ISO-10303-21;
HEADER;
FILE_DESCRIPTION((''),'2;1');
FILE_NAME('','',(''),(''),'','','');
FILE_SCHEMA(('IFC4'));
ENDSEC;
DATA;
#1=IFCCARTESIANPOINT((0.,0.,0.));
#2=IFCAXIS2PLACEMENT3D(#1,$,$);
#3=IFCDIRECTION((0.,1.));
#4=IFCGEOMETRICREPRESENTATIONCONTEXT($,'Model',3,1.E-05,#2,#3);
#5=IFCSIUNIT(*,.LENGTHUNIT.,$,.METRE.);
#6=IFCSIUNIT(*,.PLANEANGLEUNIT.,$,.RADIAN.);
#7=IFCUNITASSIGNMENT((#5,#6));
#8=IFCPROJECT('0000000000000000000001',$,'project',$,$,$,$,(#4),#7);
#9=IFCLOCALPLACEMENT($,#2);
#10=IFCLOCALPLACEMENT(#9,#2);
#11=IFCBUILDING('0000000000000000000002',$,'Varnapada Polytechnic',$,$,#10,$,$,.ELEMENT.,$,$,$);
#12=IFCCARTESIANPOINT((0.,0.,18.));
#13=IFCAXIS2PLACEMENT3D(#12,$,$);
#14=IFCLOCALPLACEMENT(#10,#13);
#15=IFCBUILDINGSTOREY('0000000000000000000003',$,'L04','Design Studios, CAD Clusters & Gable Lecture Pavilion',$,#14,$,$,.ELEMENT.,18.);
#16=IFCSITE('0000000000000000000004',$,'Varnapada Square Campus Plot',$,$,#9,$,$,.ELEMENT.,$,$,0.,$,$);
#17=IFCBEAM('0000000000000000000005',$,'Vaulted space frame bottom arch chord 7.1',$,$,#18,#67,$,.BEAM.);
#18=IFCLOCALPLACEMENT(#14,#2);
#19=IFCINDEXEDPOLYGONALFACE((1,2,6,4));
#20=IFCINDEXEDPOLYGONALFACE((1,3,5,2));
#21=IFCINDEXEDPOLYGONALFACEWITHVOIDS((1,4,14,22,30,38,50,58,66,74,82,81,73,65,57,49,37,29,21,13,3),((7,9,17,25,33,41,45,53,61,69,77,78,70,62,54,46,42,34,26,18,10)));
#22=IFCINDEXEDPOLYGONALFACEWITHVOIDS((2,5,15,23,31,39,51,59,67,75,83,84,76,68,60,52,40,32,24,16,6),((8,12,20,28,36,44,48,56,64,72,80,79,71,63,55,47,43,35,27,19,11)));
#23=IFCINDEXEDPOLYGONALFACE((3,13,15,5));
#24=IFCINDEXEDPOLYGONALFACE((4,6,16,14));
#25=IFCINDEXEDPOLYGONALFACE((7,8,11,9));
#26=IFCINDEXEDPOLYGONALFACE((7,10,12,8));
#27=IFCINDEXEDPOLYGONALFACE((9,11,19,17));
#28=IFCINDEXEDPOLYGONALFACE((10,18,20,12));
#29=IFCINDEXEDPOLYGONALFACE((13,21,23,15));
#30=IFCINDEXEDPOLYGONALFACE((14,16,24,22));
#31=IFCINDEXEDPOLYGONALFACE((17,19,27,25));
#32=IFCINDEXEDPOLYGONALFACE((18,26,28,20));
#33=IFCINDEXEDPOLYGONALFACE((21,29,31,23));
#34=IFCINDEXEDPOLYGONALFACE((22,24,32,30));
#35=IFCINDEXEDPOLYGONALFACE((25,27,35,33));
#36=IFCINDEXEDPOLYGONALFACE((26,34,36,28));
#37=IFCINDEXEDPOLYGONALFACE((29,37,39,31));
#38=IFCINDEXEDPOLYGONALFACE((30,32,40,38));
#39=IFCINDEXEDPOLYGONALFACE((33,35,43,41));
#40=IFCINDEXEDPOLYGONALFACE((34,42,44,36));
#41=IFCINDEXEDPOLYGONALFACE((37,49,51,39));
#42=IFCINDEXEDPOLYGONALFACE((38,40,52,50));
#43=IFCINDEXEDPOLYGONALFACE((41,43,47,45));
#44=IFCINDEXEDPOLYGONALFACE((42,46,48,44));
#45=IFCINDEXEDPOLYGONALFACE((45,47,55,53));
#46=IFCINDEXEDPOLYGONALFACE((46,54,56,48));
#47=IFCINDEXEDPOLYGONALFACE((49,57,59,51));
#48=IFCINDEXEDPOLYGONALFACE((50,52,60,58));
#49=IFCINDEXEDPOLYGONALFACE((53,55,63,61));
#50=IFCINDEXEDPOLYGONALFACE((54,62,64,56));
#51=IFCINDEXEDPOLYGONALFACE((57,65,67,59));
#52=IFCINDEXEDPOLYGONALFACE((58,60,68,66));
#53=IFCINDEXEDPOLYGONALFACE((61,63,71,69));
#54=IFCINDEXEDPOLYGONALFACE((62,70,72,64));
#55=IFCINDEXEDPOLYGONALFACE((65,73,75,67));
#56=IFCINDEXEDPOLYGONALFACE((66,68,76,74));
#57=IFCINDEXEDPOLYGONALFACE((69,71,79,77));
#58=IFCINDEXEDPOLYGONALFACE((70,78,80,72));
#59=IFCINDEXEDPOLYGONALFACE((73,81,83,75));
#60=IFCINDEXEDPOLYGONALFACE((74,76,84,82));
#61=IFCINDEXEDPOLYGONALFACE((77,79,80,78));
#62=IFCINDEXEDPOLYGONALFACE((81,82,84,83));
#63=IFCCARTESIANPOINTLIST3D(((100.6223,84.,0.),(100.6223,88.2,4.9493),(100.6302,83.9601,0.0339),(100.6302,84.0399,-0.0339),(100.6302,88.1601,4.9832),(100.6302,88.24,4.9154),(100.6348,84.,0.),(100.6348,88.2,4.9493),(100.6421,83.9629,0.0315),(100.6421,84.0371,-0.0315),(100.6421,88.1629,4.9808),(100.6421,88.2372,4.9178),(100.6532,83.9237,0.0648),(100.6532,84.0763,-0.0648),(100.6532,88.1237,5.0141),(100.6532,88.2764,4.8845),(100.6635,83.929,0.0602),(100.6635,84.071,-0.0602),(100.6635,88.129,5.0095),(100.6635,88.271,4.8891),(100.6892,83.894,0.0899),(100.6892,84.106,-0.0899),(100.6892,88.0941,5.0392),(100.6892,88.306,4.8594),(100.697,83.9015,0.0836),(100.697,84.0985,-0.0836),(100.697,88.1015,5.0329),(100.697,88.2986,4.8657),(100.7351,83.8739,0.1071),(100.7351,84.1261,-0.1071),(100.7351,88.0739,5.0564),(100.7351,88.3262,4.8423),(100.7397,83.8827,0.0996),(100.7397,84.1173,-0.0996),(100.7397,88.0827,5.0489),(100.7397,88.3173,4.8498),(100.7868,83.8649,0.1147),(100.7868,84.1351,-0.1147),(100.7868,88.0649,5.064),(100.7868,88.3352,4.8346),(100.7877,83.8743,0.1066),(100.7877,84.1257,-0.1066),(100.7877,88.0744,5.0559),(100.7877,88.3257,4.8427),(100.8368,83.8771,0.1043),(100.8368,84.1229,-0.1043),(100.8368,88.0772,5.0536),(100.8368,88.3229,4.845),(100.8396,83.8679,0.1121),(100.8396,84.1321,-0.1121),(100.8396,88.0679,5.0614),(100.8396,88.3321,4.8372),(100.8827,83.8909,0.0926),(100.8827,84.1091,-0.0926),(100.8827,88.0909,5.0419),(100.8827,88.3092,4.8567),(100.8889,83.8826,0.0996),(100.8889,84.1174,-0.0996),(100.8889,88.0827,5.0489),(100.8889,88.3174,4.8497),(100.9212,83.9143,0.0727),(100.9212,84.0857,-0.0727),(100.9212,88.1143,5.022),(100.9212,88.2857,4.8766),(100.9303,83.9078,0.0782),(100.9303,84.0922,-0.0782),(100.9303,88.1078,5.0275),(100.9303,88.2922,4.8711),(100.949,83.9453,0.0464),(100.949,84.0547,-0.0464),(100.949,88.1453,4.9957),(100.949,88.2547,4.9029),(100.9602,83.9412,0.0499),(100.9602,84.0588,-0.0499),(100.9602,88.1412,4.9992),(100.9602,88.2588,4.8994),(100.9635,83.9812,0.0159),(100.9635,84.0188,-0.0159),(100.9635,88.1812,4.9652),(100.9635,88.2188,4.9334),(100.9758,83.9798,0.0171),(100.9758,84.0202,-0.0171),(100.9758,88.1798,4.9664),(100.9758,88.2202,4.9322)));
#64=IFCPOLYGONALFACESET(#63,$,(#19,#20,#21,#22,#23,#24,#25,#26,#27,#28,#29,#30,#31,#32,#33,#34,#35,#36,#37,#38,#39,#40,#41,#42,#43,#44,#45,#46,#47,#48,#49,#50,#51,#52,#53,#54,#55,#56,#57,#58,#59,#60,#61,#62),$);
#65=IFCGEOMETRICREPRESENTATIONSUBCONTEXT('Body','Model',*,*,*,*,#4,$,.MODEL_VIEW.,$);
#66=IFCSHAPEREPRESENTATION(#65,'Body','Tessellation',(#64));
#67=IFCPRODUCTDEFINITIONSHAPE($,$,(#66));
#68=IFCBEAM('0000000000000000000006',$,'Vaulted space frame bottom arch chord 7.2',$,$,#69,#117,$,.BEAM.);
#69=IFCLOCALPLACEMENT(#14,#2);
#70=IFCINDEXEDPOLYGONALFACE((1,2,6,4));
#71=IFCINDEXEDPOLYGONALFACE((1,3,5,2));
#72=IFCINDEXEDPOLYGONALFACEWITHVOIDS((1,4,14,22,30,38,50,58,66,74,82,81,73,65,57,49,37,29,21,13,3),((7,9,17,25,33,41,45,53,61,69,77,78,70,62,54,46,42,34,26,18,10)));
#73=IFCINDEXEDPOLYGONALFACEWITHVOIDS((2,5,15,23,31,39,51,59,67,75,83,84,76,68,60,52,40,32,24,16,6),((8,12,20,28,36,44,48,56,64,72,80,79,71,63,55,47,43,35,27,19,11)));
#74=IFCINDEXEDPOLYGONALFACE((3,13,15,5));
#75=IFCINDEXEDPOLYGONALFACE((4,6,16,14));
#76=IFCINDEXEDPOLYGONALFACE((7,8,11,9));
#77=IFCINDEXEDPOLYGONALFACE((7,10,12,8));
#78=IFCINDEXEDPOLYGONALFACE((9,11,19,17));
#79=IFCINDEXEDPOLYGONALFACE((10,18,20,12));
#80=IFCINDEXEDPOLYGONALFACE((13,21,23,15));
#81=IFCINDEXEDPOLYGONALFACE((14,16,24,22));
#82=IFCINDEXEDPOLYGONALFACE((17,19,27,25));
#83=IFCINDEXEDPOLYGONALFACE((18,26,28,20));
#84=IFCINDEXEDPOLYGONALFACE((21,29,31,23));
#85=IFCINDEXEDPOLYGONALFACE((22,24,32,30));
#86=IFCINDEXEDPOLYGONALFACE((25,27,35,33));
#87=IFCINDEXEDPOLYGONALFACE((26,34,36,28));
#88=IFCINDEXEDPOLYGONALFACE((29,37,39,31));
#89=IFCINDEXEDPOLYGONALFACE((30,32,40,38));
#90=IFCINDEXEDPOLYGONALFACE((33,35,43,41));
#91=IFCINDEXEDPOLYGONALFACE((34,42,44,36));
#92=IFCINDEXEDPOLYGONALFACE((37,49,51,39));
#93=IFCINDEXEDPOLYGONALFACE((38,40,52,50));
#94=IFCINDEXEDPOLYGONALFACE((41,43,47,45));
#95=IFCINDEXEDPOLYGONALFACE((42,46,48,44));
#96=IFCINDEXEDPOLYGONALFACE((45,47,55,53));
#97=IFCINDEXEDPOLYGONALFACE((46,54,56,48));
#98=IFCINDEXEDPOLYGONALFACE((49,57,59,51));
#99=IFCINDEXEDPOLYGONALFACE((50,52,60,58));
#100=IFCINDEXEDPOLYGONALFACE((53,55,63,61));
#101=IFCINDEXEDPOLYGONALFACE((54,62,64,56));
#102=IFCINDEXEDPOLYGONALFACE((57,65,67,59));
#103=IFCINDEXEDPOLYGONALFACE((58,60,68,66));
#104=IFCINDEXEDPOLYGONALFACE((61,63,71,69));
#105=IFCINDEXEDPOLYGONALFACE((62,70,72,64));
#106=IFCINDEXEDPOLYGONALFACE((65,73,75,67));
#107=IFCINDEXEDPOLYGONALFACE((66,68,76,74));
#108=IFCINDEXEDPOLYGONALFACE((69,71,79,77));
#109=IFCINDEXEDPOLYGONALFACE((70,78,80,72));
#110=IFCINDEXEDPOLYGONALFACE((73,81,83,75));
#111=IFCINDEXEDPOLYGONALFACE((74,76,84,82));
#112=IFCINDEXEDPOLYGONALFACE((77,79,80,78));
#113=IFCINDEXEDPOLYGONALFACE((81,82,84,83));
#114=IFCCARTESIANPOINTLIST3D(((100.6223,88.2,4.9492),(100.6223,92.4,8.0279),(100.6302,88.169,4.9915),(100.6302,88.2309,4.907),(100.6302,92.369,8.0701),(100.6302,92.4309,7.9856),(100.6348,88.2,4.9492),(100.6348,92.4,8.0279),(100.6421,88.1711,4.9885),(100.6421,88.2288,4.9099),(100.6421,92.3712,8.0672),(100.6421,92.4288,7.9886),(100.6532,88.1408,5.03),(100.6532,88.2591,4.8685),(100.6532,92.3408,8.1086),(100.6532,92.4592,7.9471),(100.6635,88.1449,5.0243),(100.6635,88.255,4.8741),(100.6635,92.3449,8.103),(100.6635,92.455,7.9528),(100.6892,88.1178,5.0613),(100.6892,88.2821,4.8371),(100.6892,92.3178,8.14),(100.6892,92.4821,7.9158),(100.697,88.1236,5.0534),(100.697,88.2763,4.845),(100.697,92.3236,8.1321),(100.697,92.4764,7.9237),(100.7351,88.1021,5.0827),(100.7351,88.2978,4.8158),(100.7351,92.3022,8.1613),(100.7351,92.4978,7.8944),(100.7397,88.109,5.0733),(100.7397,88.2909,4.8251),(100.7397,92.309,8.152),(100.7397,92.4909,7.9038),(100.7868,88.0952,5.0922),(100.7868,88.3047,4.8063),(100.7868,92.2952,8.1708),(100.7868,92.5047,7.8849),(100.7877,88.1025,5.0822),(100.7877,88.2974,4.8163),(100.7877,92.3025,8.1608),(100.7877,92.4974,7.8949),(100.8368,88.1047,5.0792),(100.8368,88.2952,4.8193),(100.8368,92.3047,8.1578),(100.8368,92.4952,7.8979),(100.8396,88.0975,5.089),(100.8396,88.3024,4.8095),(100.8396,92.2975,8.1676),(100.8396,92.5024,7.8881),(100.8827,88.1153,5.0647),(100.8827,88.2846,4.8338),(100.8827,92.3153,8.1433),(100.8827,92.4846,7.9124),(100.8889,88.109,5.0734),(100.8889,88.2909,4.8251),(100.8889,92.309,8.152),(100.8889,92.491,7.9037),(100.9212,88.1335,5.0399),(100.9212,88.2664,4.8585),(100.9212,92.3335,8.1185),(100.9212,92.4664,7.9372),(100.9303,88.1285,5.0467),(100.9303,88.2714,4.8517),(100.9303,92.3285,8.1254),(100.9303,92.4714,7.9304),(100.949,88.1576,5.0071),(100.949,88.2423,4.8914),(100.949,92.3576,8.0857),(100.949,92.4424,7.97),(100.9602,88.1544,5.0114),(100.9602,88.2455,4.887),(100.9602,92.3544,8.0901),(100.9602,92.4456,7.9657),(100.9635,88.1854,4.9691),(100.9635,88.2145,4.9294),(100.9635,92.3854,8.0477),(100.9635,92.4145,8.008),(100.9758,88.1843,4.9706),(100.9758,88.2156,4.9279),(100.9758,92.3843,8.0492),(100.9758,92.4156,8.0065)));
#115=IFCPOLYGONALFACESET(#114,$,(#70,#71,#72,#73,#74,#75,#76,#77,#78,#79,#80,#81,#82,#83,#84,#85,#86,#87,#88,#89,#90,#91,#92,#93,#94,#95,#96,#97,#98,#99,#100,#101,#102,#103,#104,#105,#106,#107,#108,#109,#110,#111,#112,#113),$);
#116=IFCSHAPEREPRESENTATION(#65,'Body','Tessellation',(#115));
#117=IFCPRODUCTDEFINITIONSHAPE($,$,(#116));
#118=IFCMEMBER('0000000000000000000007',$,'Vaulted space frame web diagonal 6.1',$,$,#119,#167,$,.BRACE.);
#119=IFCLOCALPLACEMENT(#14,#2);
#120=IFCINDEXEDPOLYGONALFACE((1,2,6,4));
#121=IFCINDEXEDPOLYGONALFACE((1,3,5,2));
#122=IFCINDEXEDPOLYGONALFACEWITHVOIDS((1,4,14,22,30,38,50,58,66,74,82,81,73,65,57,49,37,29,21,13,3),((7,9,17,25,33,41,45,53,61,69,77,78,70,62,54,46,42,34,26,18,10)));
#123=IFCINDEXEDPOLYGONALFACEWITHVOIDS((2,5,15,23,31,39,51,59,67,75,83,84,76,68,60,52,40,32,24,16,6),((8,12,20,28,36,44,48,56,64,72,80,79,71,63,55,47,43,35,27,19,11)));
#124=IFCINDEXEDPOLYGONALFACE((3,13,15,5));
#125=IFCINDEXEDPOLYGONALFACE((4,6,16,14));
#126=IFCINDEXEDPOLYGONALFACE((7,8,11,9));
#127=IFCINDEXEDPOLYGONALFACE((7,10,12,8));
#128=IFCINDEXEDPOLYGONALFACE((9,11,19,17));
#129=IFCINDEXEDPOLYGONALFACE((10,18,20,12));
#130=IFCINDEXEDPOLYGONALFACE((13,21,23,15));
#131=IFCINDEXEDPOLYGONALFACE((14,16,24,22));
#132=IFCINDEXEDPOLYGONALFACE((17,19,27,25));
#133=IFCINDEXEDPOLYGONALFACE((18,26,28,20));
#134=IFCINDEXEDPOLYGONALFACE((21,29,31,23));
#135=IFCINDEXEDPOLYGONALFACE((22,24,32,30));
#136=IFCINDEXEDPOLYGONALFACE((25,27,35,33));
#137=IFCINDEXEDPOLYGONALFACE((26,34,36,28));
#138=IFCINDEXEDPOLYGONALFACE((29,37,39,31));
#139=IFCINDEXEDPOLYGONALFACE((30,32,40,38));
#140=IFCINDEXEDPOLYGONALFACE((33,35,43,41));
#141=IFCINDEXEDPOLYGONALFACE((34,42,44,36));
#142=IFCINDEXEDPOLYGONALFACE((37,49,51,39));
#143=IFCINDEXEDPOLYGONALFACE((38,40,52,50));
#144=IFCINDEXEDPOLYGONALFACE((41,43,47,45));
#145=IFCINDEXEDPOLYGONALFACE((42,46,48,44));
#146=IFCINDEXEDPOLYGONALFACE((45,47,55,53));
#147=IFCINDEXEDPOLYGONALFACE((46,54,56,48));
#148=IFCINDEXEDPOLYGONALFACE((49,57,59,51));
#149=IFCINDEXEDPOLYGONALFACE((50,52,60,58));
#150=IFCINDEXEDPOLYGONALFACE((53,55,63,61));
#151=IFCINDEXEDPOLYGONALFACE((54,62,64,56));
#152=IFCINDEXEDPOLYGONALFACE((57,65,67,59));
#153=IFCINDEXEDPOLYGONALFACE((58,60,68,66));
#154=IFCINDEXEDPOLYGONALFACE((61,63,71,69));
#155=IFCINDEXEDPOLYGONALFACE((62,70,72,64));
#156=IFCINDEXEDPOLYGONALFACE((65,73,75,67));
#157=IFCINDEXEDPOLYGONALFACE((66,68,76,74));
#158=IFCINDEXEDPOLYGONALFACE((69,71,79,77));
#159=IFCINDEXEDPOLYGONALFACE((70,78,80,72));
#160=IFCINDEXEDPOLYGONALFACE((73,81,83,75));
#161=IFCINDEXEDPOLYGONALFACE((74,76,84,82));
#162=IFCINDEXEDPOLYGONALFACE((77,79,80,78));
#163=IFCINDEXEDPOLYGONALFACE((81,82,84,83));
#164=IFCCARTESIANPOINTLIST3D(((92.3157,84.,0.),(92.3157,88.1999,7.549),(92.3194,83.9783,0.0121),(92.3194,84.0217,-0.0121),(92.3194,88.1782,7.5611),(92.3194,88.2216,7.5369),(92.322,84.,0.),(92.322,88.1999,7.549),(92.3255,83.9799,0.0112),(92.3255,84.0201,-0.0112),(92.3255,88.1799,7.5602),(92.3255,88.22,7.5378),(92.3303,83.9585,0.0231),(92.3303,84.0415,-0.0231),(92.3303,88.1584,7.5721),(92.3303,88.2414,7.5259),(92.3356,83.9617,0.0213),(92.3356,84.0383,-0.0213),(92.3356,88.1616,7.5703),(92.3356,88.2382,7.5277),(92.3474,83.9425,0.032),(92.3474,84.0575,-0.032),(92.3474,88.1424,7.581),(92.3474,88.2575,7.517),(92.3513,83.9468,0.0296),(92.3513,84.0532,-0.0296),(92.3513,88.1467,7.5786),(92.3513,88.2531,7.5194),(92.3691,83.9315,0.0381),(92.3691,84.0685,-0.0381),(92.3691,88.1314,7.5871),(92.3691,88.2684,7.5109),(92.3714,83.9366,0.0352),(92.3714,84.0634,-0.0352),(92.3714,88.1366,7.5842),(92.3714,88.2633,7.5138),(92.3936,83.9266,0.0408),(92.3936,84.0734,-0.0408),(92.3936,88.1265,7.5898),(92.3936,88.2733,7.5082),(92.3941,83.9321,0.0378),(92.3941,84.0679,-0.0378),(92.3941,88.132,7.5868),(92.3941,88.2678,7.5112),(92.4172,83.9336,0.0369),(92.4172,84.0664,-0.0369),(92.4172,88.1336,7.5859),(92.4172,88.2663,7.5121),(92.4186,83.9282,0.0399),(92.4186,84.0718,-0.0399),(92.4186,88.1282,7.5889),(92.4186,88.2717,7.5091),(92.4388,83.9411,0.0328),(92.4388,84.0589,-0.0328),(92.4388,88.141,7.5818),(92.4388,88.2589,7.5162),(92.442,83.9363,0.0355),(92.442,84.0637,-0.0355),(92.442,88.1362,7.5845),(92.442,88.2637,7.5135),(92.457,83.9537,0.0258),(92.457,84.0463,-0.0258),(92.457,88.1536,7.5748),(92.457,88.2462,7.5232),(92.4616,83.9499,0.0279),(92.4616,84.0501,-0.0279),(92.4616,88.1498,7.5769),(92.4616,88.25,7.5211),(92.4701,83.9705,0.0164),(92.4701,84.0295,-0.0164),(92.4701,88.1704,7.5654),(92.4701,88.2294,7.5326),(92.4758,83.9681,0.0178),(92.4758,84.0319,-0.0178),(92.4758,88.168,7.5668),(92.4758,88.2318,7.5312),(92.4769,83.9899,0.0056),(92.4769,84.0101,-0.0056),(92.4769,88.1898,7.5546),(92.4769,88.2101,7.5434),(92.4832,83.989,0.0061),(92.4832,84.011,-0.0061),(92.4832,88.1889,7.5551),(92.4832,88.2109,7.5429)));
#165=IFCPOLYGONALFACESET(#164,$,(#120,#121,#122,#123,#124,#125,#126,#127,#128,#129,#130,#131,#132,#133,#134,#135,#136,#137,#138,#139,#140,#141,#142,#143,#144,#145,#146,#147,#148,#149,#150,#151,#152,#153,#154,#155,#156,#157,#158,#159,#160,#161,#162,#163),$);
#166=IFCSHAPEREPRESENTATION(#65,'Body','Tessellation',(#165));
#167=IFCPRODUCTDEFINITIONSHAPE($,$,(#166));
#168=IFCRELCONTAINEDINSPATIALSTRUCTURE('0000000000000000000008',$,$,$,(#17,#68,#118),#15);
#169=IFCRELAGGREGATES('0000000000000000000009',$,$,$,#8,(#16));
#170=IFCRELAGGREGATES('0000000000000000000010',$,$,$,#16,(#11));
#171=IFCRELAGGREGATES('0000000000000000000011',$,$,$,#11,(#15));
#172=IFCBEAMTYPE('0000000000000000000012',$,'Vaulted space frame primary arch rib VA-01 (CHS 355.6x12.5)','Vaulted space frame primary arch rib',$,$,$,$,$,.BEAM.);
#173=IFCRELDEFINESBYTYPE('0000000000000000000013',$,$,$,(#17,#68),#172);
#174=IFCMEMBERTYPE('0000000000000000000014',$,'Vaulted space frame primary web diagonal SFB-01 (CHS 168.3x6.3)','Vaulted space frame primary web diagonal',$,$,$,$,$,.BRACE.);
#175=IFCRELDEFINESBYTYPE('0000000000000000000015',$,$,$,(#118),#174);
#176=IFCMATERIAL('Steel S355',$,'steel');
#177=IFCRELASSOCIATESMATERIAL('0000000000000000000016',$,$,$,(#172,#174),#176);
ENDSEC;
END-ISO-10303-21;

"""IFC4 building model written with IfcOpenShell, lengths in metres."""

from ifc_helpers import new_model, si_unit, direction, frame, origin, origin_2d, place, context, subcontext, project, spatial, hollow_circle, extrude, material, material_profile, profile_set, type_object, element, save


model = new_model("IFC4")

# Units and contexts
model_context = context("Model", 3, precision=1e-05, world=origin(), true_north=direction((0.0, 1.0)))
body_context = subcontext(model_context, "Body", "Model", "MODEL_VIEW")
ifc_project = project(units=[si_unit("LENGTHUNIT", "METRE"), si_unit("PLANEANGLEUNIT", "RADIAN")], contexts=[model_context])

# Site, building, storey
site_placement = place(None, origin())
site = spatial("IfcSite", under=ifc_project, at=site_placement, Name="Varnapada Square Campus Plot", CompositionType="ELEMENT", RefElevation=0.0)
building_placement = place(site_placement, origin())
building = spatial("IfcBuilding", under=site, at=building_placement, Name="Varnapada Polytechnic", CompositionType="ELEMENT")
storey_placement = place(building_placement, frame((0.0, 0.0, 18.0)))
storey = spatial("IfcBuildingStorey", under=building, at=storey_placement, Name="L04", Description="Design Studios, CAD Clusters & Gable Lecture Pavilion", CompositionType="ELEMENT", Elevation=18.0)

# Shared definitions
ifc_material = material(Name="Steel S355", Category="steel")

# Beams
ifc_material_profile_1 = material_profile(ifc_material, hollow_circle(Radius=0.1777, WallThickness=0.0125, at=origin_2d()), Name="CHS 355.6x12.5")
ifc_profile_set_1 = profile_set([ifc_material_profile_1], Name="Steel S355")
beam_type_1 = type_object("IfcBeamType", Name="Vaulted space frame primary arch rib VA-01 (CHS 355.6x12.5)", Description="Vaulted space frame primary arch rib", PredefinedType="BEAM", material=ifc_profile_set_1)
beam_1_placement = place(storey_placement, frame((100.8, 84.0, 0.0), z_axis=(0.0, 0.647032, 0.762462), x_axis=(-1.0, 0.0, 0.0)))
element("IfcBeam", 1, at=beam_1_placement, inside=storey, type_object=beam_type_1, Name="Vaulted space frame bottom arch chord 7.1", PredefinedType="BEAM", context=body_context, shape_type="SweptSolid", body=[
    extrude(hollow_circle(Radius=0.1777, WallThickness=0.0125, at=origin_2d()), origin(), (0.0, 0.0, 1.0), 6.4912),
])
beam_2_placement = place(storey_placement, frame((100.8, 88.2, 4.9492), z_axis=(0.0, 0.806529, 0.591195), x_axis=(-1.0, 0.0, 0.0)))
element("IfcBeam", 2, at=beam_2_placement, inside=storey, type_object=beam_type_1, Name="Vaulted space frame bottom arch chord 7.2", PredefinedType="BEAM", context=body_context, shape_type="SweptSolid", body=[
    extrude(hollow_circle(Radius=0.1777, WallThickness=0.0125, at=origin_2d()), origin(), (0.0, 0.0, 1.0), 5.2075),
])

# Member
ifc_material_profile_2 = material_profile(ifc_material, hollow_circle(Radius=0.0842, WallThickness=0.0063, at=origin_2d()), Name="CHS 168.3x6.3")
ifc_profile_set_2 = profile_set([ifc_material_profile_2], Name="Steel S355")
member_type_1 = type_object("IfcMemberType", Name="Vaulted space frame primary web diagonal SFB-01 (CHS 168.3x6.3)", Description="Vaulted space frame primary web diagonal", PredefinedType="BRACE", material=ifc_profile_set_2)
member_1_placement = place(storey_placement, frame((92.3999, 84.0, 0.0), z_axis=(0.0, 0.486176, 0.873861), x_axis=(-1.0, 0.0, 0.0)))
element("IfcMember", 3, at=member_1_placement, inside=storey, type_object=member_type_1, Name="Vaulted space frame web diagonal 6.1", PredefinedType="BRACE", context=body_context, shape_type="SweptSolid", body=[
    extrude(hollow_circle(Radius=0.0842, WallThickness=0.0063, at=origin_2d()), origin(), (0.0, 0.0, 1.0), 8.6387),
])

save(model, "model.ifc")
